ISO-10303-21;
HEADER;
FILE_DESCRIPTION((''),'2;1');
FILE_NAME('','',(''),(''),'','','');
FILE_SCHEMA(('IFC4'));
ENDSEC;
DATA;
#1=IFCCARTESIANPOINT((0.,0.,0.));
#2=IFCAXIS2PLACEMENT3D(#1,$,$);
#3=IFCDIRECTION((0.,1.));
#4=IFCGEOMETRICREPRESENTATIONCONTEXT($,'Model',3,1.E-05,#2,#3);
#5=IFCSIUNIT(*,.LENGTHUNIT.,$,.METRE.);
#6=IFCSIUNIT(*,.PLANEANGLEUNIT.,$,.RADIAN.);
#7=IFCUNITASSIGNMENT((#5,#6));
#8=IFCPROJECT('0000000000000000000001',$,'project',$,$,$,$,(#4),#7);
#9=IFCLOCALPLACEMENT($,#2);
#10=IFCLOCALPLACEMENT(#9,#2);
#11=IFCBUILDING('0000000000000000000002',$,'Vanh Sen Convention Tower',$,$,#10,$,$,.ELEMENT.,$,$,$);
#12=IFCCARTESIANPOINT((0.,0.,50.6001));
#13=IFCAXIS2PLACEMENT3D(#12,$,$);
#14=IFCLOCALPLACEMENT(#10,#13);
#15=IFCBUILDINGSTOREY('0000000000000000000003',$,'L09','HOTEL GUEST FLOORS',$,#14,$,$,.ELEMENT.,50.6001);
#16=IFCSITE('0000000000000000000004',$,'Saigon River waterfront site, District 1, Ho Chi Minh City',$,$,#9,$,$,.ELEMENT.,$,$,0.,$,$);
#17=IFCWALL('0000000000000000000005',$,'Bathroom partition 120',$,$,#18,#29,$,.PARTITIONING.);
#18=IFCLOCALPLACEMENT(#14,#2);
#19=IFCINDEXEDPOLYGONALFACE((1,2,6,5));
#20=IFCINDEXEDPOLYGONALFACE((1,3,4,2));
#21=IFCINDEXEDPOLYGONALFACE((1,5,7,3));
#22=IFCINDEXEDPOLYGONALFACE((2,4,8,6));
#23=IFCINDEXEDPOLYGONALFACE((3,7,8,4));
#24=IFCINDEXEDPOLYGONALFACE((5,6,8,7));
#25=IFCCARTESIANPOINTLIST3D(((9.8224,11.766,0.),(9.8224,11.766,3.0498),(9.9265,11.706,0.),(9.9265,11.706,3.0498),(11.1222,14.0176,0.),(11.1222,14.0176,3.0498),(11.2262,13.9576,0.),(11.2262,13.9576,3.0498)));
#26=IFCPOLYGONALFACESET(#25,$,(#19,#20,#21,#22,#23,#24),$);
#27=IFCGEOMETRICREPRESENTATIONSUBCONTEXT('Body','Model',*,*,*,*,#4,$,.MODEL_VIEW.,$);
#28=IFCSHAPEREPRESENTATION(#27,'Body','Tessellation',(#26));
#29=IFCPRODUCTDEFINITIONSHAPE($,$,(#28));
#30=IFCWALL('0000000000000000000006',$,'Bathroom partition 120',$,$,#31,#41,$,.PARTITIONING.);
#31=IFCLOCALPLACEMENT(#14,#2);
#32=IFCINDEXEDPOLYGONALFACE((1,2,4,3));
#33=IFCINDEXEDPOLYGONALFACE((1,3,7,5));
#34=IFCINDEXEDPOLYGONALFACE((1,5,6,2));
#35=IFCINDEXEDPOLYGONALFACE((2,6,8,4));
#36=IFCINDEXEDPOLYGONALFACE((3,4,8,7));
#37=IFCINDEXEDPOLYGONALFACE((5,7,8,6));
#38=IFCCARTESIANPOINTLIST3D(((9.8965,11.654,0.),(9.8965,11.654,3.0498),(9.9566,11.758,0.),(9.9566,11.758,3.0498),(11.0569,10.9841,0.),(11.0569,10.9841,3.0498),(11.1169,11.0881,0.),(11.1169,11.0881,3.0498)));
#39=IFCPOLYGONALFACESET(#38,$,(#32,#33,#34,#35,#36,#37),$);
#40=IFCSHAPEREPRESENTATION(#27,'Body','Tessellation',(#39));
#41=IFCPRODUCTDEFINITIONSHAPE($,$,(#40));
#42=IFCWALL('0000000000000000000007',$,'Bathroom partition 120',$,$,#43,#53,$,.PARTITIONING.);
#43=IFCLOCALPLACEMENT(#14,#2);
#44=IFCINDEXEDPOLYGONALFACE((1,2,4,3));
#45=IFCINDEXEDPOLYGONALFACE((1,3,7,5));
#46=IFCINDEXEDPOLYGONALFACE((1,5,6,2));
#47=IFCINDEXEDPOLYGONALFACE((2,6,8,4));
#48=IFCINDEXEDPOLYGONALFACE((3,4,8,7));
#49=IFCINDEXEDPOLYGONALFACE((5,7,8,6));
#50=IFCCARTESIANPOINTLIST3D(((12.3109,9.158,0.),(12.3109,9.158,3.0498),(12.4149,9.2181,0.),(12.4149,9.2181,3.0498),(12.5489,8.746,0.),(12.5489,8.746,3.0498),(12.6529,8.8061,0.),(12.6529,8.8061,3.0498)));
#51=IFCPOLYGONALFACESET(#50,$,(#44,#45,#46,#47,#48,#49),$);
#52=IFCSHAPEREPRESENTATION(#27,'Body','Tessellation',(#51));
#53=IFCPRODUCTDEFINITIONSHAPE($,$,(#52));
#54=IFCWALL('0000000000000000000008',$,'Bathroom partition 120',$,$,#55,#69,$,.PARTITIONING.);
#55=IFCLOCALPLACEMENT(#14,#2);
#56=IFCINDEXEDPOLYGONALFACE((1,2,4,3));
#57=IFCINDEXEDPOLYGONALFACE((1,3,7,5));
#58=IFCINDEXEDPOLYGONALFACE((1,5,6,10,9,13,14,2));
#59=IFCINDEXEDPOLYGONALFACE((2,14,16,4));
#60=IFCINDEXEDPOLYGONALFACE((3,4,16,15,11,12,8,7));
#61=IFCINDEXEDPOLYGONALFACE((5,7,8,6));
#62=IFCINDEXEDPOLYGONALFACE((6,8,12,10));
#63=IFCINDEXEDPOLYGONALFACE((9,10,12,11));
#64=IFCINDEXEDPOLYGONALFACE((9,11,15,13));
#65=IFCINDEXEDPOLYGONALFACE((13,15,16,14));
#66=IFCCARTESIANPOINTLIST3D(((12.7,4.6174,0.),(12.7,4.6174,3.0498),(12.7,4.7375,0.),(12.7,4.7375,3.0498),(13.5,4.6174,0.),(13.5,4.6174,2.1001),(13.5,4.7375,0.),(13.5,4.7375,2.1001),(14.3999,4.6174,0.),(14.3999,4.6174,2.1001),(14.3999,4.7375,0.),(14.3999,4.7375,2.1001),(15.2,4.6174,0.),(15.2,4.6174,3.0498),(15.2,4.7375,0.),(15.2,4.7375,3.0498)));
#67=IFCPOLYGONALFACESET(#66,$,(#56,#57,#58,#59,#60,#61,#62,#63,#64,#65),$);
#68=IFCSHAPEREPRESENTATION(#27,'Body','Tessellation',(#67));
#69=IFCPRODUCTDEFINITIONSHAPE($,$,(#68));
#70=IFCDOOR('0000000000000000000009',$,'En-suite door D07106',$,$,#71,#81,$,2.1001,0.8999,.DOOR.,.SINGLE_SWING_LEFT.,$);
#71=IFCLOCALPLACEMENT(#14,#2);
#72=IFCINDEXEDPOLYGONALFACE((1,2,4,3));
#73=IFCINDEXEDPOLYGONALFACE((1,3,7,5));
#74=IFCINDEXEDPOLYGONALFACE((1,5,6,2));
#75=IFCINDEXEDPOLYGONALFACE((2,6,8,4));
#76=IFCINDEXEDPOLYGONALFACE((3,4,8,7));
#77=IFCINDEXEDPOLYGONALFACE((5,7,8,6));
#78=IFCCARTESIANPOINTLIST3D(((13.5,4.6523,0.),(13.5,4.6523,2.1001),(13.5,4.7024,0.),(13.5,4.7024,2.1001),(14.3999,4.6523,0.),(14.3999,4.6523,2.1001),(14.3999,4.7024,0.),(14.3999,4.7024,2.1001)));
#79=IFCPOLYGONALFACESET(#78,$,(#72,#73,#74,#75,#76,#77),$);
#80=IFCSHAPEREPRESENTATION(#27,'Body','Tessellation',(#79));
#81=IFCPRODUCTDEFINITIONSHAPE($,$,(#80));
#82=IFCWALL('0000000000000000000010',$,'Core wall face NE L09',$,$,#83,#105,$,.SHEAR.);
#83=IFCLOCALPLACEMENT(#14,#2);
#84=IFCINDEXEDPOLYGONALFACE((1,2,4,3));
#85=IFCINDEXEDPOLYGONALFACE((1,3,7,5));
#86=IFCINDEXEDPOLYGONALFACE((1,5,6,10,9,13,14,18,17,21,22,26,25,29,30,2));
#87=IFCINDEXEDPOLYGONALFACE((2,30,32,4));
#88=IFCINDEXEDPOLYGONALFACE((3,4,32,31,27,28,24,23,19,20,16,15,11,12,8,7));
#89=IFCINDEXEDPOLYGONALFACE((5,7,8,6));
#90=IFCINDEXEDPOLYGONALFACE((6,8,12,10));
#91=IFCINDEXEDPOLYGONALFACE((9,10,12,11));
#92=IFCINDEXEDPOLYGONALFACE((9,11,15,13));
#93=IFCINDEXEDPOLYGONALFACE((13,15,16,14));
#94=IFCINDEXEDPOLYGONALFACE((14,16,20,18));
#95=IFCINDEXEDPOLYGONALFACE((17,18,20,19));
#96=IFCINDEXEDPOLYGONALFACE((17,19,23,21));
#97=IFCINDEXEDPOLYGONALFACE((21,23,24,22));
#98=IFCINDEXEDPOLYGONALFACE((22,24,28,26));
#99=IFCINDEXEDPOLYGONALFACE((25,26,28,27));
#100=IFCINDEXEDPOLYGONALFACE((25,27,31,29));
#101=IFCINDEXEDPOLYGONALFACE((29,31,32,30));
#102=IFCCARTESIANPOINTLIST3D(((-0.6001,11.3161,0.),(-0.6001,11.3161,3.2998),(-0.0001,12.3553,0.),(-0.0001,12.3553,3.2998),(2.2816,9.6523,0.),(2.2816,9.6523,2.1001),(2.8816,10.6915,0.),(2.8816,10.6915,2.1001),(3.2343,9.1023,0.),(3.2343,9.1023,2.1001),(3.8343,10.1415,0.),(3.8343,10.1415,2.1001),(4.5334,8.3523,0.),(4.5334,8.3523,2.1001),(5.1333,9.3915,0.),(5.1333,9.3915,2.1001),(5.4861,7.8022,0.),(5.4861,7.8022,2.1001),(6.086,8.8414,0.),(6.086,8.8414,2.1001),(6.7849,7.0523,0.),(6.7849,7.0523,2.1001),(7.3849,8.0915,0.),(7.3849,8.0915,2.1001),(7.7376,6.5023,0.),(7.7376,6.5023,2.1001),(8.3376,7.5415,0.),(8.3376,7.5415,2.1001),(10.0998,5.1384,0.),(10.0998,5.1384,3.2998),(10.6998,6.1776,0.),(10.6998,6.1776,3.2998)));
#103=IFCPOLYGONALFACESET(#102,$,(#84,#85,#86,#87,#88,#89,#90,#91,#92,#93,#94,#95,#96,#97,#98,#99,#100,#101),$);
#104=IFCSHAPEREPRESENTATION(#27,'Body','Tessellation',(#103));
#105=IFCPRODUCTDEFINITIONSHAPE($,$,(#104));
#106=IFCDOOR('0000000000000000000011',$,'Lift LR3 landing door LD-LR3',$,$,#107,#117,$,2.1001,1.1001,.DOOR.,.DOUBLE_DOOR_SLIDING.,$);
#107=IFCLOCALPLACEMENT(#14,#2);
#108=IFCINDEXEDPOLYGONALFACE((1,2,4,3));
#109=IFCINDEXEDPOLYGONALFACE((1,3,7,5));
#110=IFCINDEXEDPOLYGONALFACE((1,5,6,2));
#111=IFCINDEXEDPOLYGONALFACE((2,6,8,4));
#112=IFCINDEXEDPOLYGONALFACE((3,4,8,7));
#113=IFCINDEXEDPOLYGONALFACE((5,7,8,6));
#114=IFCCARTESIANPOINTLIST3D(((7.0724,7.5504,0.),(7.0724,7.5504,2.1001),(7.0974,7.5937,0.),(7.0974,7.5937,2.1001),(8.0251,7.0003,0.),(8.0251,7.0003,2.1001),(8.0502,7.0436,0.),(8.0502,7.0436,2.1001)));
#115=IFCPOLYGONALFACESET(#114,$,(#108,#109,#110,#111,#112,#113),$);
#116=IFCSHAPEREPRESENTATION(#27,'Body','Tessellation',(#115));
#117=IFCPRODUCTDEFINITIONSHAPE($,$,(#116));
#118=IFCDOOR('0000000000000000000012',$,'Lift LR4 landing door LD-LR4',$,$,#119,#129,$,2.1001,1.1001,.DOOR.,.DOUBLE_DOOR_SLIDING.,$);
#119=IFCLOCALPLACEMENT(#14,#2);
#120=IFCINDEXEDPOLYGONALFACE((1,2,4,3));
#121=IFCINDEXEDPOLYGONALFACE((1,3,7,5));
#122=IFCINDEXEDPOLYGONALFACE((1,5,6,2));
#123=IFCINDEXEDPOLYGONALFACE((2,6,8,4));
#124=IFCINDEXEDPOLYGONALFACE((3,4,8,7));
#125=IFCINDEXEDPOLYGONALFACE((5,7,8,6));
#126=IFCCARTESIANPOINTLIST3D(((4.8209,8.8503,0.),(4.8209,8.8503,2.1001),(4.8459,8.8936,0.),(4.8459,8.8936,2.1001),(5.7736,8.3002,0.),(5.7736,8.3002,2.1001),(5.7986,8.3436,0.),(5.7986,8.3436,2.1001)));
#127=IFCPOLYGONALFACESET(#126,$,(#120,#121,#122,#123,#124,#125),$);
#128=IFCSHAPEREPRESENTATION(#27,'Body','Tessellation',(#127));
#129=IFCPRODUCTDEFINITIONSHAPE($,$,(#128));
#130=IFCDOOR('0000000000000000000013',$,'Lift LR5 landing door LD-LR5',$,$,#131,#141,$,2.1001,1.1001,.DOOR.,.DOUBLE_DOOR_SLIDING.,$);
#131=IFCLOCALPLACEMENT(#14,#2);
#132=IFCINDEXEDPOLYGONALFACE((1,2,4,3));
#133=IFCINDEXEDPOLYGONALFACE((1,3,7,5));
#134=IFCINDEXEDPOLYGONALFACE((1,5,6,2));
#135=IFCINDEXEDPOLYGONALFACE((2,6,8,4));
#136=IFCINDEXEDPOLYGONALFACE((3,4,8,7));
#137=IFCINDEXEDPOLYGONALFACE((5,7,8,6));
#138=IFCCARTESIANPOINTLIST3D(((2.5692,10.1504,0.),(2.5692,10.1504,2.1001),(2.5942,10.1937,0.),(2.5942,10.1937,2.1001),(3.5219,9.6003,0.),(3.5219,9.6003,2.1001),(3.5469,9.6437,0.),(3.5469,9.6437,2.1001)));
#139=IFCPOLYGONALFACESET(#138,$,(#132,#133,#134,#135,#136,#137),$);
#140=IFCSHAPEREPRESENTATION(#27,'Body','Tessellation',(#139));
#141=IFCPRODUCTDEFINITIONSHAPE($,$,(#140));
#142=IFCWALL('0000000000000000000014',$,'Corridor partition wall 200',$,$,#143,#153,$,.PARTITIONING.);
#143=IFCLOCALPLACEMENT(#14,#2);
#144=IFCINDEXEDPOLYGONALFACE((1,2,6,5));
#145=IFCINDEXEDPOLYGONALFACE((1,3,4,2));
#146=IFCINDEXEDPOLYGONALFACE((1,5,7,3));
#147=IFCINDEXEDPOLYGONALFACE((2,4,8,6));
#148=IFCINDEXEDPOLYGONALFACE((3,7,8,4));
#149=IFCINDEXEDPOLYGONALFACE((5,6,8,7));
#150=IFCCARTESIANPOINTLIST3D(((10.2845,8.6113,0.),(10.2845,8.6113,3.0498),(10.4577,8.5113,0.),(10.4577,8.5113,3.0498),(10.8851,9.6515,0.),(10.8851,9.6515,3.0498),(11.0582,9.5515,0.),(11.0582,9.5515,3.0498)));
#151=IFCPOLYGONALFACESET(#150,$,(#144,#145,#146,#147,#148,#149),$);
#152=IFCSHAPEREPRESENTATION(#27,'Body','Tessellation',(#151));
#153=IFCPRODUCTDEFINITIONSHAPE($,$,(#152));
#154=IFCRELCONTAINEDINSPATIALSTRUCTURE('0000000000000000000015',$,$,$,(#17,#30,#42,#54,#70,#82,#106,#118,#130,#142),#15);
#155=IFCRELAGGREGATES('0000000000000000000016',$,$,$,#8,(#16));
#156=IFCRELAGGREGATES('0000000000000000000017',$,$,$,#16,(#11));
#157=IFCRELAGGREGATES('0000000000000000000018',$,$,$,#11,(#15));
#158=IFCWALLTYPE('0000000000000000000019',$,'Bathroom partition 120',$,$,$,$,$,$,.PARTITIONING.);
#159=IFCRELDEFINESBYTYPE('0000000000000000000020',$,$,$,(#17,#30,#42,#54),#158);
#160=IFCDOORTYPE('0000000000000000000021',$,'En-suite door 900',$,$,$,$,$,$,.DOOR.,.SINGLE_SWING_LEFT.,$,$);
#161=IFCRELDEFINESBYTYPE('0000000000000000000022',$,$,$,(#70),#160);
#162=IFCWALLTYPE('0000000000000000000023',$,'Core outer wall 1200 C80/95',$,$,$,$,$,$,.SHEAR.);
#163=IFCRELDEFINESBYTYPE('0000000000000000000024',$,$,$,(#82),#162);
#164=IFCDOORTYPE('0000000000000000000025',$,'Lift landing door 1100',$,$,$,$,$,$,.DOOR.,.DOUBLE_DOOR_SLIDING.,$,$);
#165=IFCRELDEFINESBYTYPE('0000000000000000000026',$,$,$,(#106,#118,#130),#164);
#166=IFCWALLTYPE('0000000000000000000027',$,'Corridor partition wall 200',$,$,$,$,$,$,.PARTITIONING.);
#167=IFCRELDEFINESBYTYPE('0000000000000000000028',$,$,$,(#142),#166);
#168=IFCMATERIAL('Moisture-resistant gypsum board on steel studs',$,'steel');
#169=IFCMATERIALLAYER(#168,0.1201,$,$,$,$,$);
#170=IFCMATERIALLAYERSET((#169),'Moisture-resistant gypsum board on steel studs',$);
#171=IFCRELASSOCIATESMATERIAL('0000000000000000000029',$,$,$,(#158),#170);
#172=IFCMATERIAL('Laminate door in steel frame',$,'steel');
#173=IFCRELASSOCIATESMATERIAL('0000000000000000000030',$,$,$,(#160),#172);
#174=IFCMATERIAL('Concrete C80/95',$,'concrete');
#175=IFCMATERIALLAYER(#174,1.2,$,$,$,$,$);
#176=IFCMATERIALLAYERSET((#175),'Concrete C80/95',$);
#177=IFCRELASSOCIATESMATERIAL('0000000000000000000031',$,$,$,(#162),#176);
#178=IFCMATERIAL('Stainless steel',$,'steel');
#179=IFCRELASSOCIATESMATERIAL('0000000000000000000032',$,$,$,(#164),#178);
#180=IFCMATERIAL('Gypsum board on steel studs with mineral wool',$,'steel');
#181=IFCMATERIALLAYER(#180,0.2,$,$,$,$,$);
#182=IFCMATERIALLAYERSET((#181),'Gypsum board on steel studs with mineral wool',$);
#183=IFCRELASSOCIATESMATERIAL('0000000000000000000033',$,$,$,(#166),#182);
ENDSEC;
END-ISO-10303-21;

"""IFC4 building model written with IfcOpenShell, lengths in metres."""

from ifc_helpers import new_model, si_unit, direction, frame, frame_2d, origin, place, context, subcontext, project, spatial, rectangle, extrude, material, layer, layer_set, type_object, element, fill, save


model = new_model("IFC4")

# Units and contexts
model_context = context("Model", 3, precision=1e-05, world=origin(), true_north=direction((0.0, 1.0)))
body_context = subcontext(model_context, "Body", "Model", "MODEL_VIEW")
ifc_project = project(units=[si_unit("LENGTHUNIT", "METRE"), si_unit("PLANEANGLEUNIT", "RADIAN")], contexts=[model_context])

# Site, building, storey
site_placement = place(None, origin())
site = spatial("IfcSite", under=ifc_project, at=site_placement, Name="Saigon River waterfront site, District 1, Ho Chi Minh City", CompositionType="ELEMENT", RefElevation=0.0)
building_placement = place(site_placement, origin())
building = spatial("IfcBuilding", under=site, at=building_placement, Name="Vanh Sen Convention Tower", CompositionType="ELEMENT")
storey_placement = place(building_placement, frame((0.0, 0.0, 50.6001)))
storey = spatial("IfcBuildingStorey", under=building, at=storey_placement, Name="L09", Description="HOTEL GUEST FLOORS", CompositionType="ELEMENT", Elevation=50.6001)

# Walls
ifc_material_1 = material(Name="Moisture-resistant gypsum board on steel studs", Category="steel")
ifc_layer_1 = layer(ifc_material_1, 0.1201)
ifc_layer_set_1 = layer_set([ifc_layer_1], Name="Moisture-resistant gypsum board on steel studs")
wall_type_1 = type_object("IfcWallType", Name="Bathroom partition 120", PredefinedType="PARTITIONING", material=ifc_layer_set_1)
wall_1_placement = place(storey_placement, frame((9.8745, 11.7361, 0.0), z_axis=(0.0, 0.0, 1.0), x_axis=(0.499937, 0.866062, 0.0)))
element("IfcWall", 1, at=wall_1_placement, inside=storey, type_object=wall_type_1, Name="Bathroom partition 120", PredefinedType="PARTITIONING", context=body_context, shape_type="SweptSolid", body=[
    extrude(rectangle(XDim=2.5999, YDim=0.1201, at=frame_2d((1.2998, 0.0))), origin(), (0.0, 0.0, 1.0), 3.0498),
])
wall_2_placement = place(storey_placement, frame((11.0869, 11.0361, 0.0), z_axis=(0.0, 0.0, 1.0), x_axis=(-0.866037, 0.49998, 0.0)))
element("IfcWall", 2, at=wall_2_placement, inside=storey, type_object=wall_type_1, Name="Bathroom partition 120", PredefinedType="PARTITIONING", context=body_context, shape_type="SweptSolid", body=[
    extrude(rectangle(XDim=1.3398, YDim=0.1201, at=frame_2d((0.6699, 0.0))), origin(), (0.0, 0.0, 1.0), 3.0498),
])
wall_3_placement = place(storey_placement, frame((12.6008, 8.7761, 0.0), z_axis=(0.0, 0.0, 1.0), x_axis=(-0.500166, 0.865929, 0.0)))
element("IfcWall", 3, at=wall_3_placement, inside=storey, type_object=wall_type_1, Name="Bathroom partition 120", PredefinedType="PARTITIONING", context=body_context, shape_type="SweptSolid", body=[
    extrude(rectangle(XDim=0.4758, YDim=0.1201, at=frame_2d((0.2378, 0.0))), origin(), (0.0, 0.0, 1.0), 3.0498),
])

# Wall, opening, door
wall_4_placement = place(storey_placement, frame((12.7, 4.6775, 0.0), z_axis=(0.0, 0.0, 1.0), x_axis=(1.0, 0.0, 0.0)))
wall_4 = element("IfcWall", 4, at=wall_4_placement, inside=storey, type_object=wall_type_1, Name="Bathroom partition 120", PredefinedType="PARTITIONING", context=body_context, shape_type="SweptSolid", body=[
    extrude(rectangle(XDim=2.5, YDim=0.1201, at=frame_2d((1.25, 0.0))), origin(), (0.0, 0.0, 1.0), 3.0498),
])
opening_1_placement = place(wall_4_placement, frame((0.8, 0.0, 0.0)))
opening_1 = element("IfcOpeningElement", 5, at=opening_1_placement, cuts=wall_4, PredefinedType="OPENING", context=body_context, shape_type="SweptSolid", body=[
    extrude(rectangle(XDim=0.8999, YDim=2.1001, at=frame_2d((0.45, 1.05))), frame((0.0, 0.0701, 0.0), z_axis=(0.0, -1.0, 0.0), x_axis=(1.0, 0.0, 0.0)), (0.0, 0.0, 1.0), 0.1401),
])
ifc_material_2 = material(Name="Laminate door in steel frame", Category="steel")
door_type_1 = type_object("IfcDoorType", Name="En-suite door 900", OperationType="SINGLE_SWING_LEFT", PredefinedType="DOOR", material=ifc_material_2)
door_1_placement = place(opening_1_placement, origin())
door_1 = element("IfcDoor", 6, at=door_1_placement, inside=storey, type_object=door_type_1, Name="En-suite door D07106", OperationType="SINGLE_SWING_LEFT", OverallHeight=2.1001, OverallWidth=0.8999, PredefinedType="DOOR", context=body_context, shape_type="SweptSolid", body=[
    extrude(rectangle(XDim=0.8999, YDim=2.1001, at=frame_2d((0.45, 1.05))), frame((0.0, 0.0249, 0.0), z_axis=(0.0, -1.0, 0.0), x_axis=(1.0, 0.0, 0.0)), (0.0, 0.0, 1.0), 0.05),
])
fill(opening_1, door_1)

# Wall, openings, doors
ifc_material_3 = material(Name="Concrete C80/95", Category="concrete")
ifc_layer_2 = layer(ifc_material_3, 1.2)
ifc_layer_set_2 = layer_set([ifc_layer_2], Name="Concrete C80/95")
wall_type_2 = type_object("IfcWallType", Name="Core outer wall 1200 C80/95", PredefinedType="SHEAR", material=ifc_layer_set_2)
wall_5_placement = place(storey_placement, frame((10.3999, 5.658, 0.0), z_axis=(0.0, 0.0, 1.0), x_axis=(-0.866021, 0.500007, 0.0)))
wall_5 = element("IfcWall", 7, at=wall_5_placement, inside=storey, type_object=wall_type_2, Name="Core wall face NE L09", PredefinedType="SHEAR", context=body_context, shape_type="SweptSolid", body=[
    extrude(rectangle(XDim=12.3552, YDim=1.2, at=frame_2d((6.1777, 0.0))), origin(), (0.0, 0.0, 1.0), 3.2998),
])
opening_2_placement = place(wall_5_placement, frame((2.7278, 0.0, 0.0)))
opening_2 = element("IfcOpeningElement", 8, at=opening_2_placement, cuts=wall_5, PredefinedType="OPENING", context=body_context, shape_type="SweptSolid", body=[
    extrude(rectangle(XDim=1.1001, YDim=2.1001, at=frame_2d((0.55, 1.05))), frame((0.0, 0.6099, 0.0), z_axis=(0.0, -1.0, 0.0), x_axis=(1.0, 0.0, 0.0)), (0.0, 0.0, 1.0), 1.22),
])
opening_3_placement = place(wall_5_placement, frame((5.3276, 0.0, 0.0)))
opening_3 = element("IfcOpeningElement", 9, at=opening_3_placement, cuts=wall_5, PredefinedType="OPENING", context=body_context, shape_type="SweptSolid", body=[
    extrude(rectangle(XDim=1.1001, YDim=2.1001, at=frame_2d((0.55, 1.05))), frame((0.0, 0.6099, 0.0), z_axis=(0.0, -1.0, 0.0), x_axis=(1.0, 0.0, 0.0)), (0.0, 0.0, 1.0), 1.22),
])
opening_4_placement = place(wall_5_placement, frame((7.9277, 0.0, 0.0)))
opening_4 = element("IfcOpeningElement", 10, at=opening_4_placement, cuts=wall_5, PredefinedType="OPENING", context=body_context, shape_type="SweptSolid", body=[
    extrude(rectangle(XDim=1.1001, YDim=2.1001, at=frame_2d((0.55, 1.05))), frame((0.0, 0.6099, 0.0), z_axis=(0.0, -1.0, 0.0), x_axis=(1.0, 0.0, 0.0)), (0.0, 0.0, 1.0), 1.22),
])
ifc_material_4 = material(Name="Stainless steel", Category="steel")
door_type_2 = type_object("IfcDoorType", Name="Lift landing door 1100", OperationType="DOUBLE_DOOR_SLIDING", PredefinedType="DOOR", material=ifc_material_4)
door_2_placement = place(opening_2_placement, origin())
door_2 = element("IfcDoor", 11, at=door_2_placement, inside=storey, type_object=door_type_2, Name="Lift LR3 landing door LD-LR3", OperationType="DOUBLE_DOOR_SLIDING", OverallHeight=2.1001, OverallWidth=1.1001, PredefinedType="DOOR", context=body_context, shape_type="SweptSolid", body=[
    extrude(rectangle(XDim=1.1001, YDim=2.1001, at=frame_2d((0.55, 1.05))), frame((0.0, 0.0249, 0.0), z_axis=(0.0, -1.0, 0.0), x_axis=(1.0, 0.0, 0.0)), (0.0, 0.0, 1.0), 0.05),
])
fill(opening_2, door_2)
door_3_placement = place(opening_3_placement, origin())
door_3 = element("IfcDoor", 12, at=door_3_placement, inside=storey, type_object=door_type_2, Name="Lift LR4 landing door LD-LR4", OperationType="DOUBLE_DOOR_SLIDING", OverallHeight=2.1001, OverallWidth=1.1001, PredefinedType="DOOR", context=body_context, shape_type="SweptSolid", body=[
    extrude(rectangle(XDim=1.1001, YDim=2.1001, at=frame_2d((0.55, 1.05))), frame((0.0, 0.0249, 0.0), z_axis=(0.0, -1.0, 0.0), x_axis=(1.0, 0.0, 0.0)), (0.0, 0.0, 1.0), 0.05),
])
fill(opening_3, door_3)
door_4_placement = place(opening_4_placement, origin())
door_4 = element("IfcDoor", 13, at=door_4_placement, inside=storey, type_object=door_type_2, Name="Lift LR5 landing door LD-LR5", OperationType="DOUBLE_DOOR_SLIDING", OverallHeight=2.1001, OverallWidth=1.1001, PredefinedType="DOOR", context=body_context, shape_type="SweptSolid", body=[
    extrude(rectangle(XDim=1.1001, YDim=2.1001, at=frame_2d((0.55, 1.05))), frame((0.0, 0.0249, 0.0), z_axis=(0.0, -1.0, 0.0), x_axis=(1.0, 0.0, 0.0)), (0.0, 0.0, 1.0), 0.05),
])
fill(opening_4, door_4)

# Wall
ifc_material_5 = material(Name="Gypsum board on steel studs with mineral wool", Category="steel")
ifc_layer_3 = layer(ifc_material_5, 0.2)
ifc_layer_set_3 = layer_set([ifc_layer_3], Name="Gypsum board on steel studs with mineral wool")
wall_type_3 = type_object("IfcWallType", Name="Corridor partition wall 200", PredefinedType="PARTITIONING", material=ifc_layer_set_3)
wall_6_placement = place(storey_placement, frame((10.3711, 8.5613, 0.0), z_axis=(0.0, 0.0, 1.0), x_axis=(0.499986, 0.866033, 0.0)))
element("IfcWall", 14, at=wall_6_placement, inside=storey, type_object=wall_type_3, Name="Corridor partition wall 200", PredefinedType="PARTITIONING", context=body_context, shape_type="SweptSolid", body=[
    extrude(rectangle(XDim=1.2012, YDim=0.2, at=frame_2d((0.6006, 0.0))), origin(), (0.0, 0.0, 1.0), 3.0498),
])

save(model, "model.ifc")
